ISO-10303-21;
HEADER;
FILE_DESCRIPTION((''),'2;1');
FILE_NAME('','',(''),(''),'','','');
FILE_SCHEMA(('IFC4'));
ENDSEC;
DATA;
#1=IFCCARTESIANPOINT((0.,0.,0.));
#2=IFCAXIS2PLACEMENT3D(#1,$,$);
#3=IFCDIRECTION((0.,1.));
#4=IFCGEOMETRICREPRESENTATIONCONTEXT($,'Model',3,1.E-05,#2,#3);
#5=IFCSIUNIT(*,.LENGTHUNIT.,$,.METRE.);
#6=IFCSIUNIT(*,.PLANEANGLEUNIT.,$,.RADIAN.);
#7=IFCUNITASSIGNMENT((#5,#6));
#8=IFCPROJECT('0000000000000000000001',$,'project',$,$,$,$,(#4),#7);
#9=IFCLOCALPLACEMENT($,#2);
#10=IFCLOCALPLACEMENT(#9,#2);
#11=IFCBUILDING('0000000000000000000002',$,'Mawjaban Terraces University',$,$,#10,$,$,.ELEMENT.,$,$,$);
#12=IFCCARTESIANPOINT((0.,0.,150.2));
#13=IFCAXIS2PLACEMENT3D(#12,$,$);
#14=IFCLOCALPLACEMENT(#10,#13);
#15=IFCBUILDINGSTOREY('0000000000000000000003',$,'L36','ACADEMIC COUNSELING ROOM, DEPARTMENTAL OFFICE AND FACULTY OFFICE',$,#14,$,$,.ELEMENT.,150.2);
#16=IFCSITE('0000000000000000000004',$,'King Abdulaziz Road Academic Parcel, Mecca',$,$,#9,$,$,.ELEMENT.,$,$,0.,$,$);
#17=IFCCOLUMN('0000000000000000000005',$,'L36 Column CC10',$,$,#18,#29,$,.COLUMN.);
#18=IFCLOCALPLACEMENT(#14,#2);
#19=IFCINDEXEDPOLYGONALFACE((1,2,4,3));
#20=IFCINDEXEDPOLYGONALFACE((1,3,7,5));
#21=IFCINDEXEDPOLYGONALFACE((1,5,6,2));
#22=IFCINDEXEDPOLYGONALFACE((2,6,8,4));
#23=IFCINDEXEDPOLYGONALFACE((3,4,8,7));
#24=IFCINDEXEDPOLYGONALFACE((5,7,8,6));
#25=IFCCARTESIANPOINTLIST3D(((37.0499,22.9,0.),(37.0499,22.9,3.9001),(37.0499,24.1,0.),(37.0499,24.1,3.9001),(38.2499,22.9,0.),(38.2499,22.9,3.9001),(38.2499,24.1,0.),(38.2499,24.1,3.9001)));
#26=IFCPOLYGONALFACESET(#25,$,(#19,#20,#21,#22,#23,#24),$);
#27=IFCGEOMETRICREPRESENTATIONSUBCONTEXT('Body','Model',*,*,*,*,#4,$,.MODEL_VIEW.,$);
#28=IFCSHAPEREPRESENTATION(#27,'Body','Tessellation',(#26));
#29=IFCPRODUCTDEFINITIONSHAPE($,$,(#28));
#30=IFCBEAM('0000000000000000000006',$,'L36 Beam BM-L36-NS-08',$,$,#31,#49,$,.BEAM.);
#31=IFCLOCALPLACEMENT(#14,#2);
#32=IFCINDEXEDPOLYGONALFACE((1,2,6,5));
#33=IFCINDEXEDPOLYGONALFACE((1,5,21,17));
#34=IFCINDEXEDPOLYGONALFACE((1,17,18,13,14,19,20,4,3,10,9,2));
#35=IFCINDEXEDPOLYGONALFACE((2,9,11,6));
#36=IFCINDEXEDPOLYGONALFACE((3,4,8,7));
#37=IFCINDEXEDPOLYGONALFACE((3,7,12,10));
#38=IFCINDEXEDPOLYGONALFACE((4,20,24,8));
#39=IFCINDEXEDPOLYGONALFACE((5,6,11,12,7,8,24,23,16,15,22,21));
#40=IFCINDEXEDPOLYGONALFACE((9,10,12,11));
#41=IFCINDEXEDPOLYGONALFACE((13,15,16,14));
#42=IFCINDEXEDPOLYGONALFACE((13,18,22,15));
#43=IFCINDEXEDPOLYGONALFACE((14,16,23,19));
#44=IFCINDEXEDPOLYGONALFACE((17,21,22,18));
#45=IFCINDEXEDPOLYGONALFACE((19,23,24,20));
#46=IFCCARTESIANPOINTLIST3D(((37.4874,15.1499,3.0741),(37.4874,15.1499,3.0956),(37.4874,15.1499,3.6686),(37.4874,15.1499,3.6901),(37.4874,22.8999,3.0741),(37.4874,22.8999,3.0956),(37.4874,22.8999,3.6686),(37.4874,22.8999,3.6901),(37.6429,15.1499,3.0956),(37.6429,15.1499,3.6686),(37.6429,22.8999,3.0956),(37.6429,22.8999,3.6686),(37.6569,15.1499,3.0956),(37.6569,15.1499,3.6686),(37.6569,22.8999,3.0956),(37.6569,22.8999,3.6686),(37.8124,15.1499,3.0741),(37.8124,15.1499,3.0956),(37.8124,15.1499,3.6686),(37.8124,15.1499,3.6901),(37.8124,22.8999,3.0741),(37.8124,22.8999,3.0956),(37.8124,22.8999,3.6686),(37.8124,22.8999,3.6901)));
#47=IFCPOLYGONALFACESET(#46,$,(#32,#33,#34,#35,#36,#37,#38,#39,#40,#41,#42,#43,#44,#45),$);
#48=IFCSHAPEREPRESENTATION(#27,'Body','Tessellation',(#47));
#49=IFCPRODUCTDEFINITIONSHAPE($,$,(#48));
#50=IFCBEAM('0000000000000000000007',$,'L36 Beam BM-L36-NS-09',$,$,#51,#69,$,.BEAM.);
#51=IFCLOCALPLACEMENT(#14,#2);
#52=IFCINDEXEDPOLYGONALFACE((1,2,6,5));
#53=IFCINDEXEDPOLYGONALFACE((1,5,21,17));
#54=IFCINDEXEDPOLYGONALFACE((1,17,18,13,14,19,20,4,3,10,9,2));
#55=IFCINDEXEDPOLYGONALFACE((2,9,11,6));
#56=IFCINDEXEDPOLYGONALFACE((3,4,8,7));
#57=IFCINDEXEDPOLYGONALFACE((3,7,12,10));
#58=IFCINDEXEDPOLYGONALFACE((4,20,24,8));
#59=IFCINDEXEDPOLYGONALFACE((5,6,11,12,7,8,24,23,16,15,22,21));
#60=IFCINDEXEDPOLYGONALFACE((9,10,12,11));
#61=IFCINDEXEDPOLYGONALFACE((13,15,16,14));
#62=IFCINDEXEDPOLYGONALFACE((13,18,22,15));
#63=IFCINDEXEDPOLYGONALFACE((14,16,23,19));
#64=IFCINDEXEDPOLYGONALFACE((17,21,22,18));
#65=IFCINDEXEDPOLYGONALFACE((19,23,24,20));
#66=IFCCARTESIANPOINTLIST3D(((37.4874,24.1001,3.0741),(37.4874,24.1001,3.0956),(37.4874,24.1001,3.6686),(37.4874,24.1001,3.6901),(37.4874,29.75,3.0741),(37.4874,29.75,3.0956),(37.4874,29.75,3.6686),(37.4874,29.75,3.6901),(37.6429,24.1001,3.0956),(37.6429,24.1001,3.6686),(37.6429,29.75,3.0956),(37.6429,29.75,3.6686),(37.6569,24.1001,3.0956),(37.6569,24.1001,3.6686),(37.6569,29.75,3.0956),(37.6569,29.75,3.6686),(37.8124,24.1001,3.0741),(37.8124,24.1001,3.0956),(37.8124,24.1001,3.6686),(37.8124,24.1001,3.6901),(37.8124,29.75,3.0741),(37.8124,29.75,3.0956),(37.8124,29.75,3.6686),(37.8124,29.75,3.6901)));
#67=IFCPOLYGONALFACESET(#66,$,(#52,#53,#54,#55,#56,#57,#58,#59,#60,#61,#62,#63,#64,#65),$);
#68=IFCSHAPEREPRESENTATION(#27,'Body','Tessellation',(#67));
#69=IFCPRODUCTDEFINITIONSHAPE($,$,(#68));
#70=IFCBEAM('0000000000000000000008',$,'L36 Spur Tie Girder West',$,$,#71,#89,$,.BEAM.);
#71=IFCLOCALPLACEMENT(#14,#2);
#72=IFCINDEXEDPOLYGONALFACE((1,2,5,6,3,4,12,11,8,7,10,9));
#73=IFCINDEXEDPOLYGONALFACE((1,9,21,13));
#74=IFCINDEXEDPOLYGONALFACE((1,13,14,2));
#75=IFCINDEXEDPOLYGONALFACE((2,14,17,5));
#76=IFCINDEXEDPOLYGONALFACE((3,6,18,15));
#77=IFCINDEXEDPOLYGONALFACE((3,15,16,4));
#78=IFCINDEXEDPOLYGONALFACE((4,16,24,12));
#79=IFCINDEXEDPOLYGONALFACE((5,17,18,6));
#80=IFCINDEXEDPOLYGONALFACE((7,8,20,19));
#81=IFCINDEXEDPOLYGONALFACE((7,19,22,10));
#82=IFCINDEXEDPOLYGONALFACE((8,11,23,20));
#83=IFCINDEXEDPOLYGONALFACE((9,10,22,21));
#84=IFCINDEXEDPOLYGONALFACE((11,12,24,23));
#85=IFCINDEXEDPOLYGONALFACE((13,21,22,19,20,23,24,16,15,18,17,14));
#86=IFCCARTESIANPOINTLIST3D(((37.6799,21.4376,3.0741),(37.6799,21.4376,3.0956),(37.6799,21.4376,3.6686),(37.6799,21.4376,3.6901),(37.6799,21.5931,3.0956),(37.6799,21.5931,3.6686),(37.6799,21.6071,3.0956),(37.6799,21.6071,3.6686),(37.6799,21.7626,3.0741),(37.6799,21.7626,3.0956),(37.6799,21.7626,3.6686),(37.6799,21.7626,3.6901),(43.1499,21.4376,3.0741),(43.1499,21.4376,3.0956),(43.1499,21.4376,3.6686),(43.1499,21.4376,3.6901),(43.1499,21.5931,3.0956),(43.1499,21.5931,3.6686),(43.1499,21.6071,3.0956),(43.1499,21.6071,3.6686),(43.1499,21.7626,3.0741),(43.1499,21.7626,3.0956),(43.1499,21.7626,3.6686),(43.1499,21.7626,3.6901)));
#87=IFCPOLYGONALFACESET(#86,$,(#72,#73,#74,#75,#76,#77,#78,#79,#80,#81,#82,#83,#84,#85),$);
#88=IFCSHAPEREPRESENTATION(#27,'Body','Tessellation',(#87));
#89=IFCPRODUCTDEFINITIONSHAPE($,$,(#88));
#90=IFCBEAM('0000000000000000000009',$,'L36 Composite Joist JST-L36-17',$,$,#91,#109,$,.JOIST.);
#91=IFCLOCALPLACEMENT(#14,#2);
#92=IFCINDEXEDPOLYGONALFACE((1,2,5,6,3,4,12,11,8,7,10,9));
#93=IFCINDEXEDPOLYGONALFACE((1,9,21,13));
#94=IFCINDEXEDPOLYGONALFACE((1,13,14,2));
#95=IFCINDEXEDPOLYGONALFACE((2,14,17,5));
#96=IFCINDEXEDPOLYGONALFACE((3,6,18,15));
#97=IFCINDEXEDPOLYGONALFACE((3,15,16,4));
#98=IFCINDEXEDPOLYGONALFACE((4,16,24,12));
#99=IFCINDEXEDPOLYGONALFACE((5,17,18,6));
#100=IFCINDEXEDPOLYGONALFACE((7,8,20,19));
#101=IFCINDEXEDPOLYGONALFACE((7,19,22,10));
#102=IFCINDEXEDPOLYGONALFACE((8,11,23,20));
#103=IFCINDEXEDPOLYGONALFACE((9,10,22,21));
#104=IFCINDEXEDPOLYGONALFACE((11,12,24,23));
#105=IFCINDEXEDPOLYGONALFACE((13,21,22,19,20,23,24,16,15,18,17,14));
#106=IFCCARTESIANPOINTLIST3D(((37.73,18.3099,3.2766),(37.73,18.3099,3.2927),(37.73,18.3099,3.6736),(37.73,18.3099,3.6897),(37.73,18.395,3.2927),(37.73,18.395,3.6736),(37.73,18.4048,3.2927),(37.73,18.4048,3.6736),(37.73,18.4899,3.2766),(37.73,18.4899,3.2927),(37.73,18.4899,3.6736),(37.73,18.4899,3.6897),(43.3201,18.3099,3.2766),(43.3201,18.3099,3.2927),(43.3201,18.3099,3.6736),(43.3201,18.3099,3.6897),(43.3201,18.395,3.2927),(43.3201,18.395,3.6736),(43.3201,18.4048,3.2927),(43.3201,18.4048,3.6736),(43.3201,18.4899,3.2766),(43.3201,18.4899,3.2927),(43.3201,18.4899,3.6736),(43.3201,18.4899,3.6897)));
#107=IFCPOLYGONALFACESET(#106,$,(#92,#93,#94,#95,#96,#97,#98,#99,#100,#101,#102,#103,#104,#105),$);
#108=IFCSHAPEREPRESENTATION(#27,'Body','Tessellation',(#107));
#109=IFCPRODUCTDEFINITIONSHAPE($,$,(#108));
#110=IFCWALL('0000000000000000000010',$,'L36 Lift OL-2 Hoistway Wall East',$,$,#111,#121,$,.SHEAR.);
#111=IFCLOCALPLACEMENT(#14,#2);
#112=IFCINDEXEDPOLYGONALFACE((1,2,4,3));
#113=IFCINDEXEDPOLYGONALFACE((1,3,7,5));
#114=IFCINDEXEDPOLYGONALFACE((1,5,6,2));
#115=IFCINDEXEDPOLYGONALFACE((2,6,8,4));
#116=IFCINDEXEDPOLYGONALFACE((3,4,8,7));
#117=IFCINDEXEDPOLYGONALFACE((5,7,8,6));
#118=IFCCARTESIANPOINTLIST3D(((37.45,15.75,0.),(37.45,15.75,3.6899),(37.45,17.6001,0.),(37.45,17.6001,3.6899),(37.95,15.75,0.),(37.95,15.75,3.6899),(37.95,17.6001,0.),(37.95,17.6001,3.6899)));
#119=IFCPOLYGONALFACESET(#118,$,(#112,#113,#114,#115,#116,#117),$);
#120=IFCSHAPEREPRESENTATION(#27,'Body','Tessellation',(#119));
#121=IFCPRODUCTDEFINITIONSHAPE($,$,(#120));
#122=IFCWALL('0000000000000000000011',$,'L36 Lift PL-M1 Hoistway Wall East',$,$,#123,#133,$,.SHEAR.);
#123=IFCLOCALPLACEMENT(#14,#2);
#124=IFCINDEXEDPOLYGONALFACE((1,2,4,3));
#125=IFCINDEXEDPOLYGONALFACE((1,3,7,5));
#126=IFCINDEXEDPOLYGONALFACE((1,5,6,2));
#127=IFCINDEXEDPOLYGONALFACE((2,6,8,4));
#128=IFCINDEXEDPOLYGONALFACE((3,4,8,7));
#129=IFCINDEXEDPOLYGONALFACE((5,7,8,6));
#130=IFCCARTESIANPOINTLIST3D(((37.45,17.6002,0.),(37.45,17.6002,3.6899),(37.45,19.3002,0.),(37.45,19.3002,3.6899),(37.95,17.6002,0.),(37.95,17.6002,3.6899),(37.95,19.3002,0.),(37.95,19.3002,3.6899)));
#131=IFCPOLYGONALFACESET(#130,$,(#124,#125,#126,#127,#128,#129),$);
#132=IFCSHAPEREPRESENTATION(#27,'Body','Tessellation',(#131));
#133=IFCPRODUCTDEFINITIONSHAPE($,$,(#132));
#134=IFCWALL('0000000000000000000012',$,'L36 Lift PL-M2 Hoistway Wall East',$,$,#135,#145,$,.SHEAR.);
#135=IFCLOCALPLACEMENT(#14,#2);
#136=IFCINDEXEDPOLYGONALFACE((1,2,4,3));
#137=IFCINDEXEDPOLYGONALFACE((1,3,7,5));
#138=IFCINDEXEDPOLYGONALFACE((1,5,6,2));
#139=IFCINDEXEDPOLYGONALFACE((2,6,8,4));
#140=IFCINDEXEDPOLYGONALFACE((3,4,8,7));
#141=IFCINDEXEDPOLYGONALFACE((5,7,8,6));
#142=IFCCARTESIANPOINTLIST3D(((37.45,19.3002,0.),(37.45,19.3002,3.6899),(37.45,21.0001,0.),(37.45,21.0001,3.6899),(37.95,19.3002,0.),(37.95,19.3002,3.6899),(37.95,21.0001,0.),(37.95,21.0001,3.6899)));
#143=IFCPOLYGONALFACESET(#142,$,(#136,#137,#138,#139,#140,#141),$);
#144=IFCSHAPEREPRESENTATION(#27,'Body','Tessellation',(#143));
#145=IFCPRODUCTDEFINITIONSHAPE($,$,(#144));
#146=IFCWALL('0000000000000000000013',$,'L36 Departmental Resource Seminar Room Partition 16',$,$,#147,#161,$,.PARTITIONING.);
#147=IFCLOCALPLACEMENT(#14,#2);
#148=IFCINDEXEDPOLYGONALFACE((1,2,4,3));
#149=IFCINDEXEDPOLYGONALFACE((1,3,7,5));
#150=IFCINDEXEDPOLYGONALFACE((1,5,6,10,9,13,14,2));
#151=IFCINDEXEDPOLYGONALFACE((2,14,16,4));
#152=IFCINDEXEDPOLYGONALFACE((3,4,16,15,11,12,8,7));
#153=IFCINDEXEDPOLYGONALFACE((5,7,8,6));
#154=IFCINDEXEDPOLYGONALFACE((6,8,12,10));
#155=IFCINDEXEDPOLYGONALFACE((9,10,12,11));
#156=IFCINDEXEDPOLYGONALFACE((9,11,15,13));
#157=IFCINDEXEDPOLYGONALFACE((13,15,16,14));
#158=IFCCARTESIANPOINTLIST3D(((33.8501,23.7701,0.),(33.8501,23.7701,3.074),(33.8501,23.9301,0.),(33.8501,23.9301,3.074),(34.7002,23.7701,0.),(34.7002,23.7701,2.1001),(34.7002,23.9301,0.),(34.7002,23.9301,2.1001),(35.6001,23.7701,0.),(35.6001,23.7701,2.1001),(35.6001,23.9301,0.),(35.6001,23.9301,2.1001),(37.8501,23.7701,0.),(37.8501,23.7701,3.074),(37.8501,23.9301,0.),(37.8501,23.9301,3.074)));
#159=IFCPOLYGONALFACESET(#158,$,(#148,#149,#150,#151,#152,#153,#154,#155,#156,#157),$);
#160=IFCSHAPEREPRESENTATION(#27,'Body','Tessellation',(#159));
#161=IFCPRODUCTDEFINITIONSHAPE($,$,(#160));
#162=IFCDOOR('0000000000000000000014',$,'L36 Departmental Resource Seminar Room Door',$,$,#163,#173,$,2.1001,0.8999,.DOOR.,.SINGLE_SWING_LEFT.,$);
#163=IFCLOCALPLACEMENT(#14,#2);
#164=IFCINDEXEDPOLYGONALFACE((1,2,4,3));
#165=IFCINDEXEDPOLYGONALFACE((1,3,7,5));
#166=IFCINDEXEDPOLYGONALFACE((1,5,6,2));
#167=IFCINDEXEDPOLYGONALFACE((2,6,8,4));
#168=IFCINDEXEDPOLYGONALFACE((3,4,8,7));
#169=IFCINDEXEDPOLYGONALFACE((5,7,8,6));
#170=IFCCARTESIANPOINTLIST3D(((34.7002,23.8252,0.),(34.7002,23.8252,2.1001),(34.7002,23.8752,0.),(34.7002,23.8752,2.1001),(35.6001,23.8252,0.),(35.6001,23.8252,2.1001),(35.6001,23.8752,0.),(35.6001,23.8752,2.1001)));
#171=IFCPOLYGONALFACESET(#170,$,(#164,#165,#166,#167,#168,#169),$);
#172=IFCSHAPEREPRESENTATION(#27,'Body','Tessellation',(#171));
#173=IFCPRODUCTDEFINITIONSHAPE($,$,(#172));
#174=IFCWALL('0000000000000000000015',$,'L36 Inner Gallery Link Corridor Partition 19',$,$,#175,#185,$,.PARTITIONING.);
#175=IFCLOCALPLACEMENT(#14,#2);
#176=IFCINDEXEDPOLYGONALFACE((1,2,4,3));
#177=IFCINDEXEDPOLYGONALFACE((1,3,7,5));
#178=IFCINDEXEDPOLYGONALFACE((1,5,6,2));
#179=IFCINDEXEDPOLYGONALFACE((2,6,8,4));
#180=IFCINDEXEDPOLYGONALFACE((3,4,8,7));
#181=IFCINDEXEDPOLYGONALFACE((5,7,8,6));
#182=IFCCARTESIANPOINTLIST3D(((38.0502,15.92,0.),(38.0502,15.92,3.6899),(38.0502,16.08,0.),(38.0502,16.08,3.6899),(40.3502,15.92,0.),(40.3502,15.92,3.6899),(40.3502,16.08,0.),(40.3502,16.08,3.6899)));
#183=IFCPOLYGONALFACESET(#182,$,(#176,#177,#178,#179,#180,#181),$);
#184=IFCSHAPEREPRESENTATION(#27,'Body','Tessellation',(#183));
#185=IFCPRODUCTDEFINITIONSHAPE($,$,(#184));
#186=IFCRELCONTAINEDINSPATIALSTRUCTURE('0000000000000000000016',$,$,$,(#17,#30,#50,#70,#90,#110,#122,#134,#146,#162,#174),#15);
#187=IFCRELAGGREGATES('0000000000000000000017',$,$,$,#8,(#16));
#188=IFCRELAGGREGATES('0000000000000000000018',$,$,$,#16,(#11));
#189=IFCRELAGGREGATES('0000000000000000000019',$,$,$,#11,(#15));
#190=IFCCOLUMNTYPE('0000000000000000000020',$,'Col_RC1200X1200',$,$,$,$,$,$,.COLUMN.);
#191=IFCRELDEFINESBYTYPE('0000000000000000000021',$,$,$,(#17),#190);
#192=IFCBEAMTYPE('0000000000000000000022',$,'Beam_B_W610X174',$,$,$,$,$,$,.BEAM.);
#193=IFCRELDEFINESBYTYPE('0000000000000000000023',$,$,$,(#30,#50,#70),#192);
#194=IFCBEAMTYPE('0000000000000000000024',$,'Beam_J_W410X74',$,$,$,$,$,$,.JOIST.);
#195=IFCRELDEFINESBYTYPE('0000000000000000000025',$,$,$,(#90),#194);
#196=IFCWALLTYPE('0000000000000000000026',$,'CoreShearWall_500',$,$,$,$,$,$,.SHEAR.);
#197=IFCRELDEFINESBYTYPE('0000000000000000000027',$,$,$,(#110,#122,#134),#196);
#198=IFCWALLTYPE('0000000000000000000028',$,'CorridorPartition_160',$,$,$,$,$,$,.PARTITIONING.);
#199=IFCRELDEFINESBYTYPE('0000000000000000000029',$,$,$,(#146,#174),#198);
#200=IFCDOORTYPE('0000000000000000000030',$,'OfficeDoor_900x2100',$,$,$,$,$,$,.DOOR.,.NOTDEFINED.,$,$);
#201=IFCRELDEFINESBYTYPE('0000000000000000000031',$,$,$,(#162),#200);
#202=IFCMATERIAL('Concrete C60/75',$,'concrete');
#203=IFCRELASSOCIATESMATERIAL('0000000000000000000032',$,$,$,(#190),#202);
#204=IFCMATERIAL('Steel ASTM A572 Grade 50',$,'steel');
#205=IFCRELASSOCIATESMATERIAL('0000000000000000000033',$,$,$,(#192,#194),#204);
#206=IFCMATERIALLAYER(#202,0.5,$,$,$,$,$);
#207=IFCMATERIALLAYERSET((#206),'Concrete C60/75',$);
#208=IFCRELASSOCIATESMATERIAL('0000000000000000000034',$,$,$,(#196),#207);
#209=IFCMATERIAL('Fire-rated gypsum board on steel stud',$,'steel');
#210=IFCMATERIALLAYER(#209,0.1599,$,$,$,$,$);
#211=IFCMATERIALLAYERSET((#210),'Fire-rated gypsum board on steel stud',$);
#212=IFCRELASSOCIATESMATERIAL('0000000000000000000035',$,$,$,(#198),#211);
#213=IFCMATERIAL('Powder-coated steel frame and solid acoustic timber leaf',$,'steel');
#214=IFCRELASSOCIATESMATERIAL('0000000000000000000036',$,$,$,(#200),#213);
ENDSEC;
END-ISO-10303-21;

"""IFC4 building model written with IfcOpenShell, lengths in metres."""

from ifc_helpers import new_model, si_unit, direction, frame, frame_2d, origin, origin_2d, place, context, subcontext, project, spatial, rectangle, i_section, extrude, material, layer, layer_set, material_profile, profile_set, type_object, element, fill, save


model = new_model("IFC4")

# Units and contexts
model_context = context("Model", 3, precision=1e-05, world=origin(), true_north=direction((0.0, 1.0)))
body_context = subcontext(model_context, "Body", "Model", "MODEL_VIEW")
ifc_project = project(units=[si_unit("LENGTHUNIT", "METRE"), si_unit("PLANEANGLEUNIT", "RADIAN")], contexts=[model_context])

# Site, building, storey
site_placement = place(None, origin())
site = spatial("IfcSite", under=ifc_project, at=site_placement, Name="King Abdulaziz Road Academic Parcel, Mecca", CompositionType="ELEMENT", RefElevation=0.0)
building_placement = place(site_placement, origin())
building = spatial("IfcBuilding", under=site, at=building_placement, Name="Mawjaban Terraces University", CompositionType="ELEMENT")
storey_placement = place(building_placement, frame((0.0, 0.0, 150.2)))
storey = spatial("IfcBuildingStorey", under=building, at=storey_placement, Name="L36", Description="ACADEMIC COUNSELING ROOM, DEPARTMENTAL OFFICE AND FACULTY OFFICE", CompositionType="ELEMENT", Elevation=150.2)

# Column
ifc_material_1 = material(Name="Concrete C60/75", Category="concrete")
ifc_material_profile_1 = material_profile(ifc_material_1, rectangle(XDim=1.2, YDim=1.2, at=origin_2d()), Name="RC1200X1200")
ifc_profile_set_1 = profile_set([ifc_material_profile_1], Name="Concrete C60/75")
column_type = type_object("IfcColumnType", Name="Col_RC1200X1200", PredefinedType="COLUMN", material=ifc_profile_set_1)
column_placement = place(storey_placement, frame((37.6499, 23.5, 0.0), z_axis=(0.0, 0.0, 1.0), x_axis=(1.0, 0.0, 0.0)))
element("IfcColumn", 1, at=column_placement, inside=storey, type_object=column_type, Name="L36 Column CC10", PredefinedType="COLUMN", context=body_context, shape_type="SweptSolid", body=[
    extrude(rectangle(XDim=1.2, YDim=1.2, at=origin_2d()), origin(), (0.0, 0.0, 1.0), 3.9001),
])

# Beams
ifc_material_2 = material(Name="Steel ASTM A572 Grade 50", Category="steel")
ifc_material_profile_2 = material_profile(ifc_material_2, i_section(OverallWidth=0.325, OverallDepth=0.616, WebThickness=0.0139, FlangeThickness=0.0215, at=origin_2d()), Name="W610X174")
ifc_profile_set_2 = profile_set([ifc_material_profile_2], Name="Steel ASTM A572 Grade 50")
beam_type_1 = type_object("IfcBeamType", Name="Beam_B_W610X174", PredefinedType="BEAM", material=ifc_profile_set_2)
beam_1_placement = place(storey_placement, frame((37.6499, 15.1499, 3.3821), z_axis=(0.0, 1.0, 0.0), x_axis=(-1.0, 0.0, 0.0)))
element("IfcBeam", 2, at=beam_1_placement, inside=storey, type_object=beam_type_1, Name="L36 Beam BM-L36-NS-08", PredefinedType="BEAM", context=body_context, shape_type="SweptSolid", body=[
    extrude(i_section(OverallWidth=0.325, OverallDepth=0.616, WebThickness=0.0139, FlangeThickness=0.0215, at=origin_2d()), origin(), (0.0, 0.0, 1.0), 7.75),
])
beam_2_placement = place(storey_placement, frame((37.6499, 24.1001, 3.3821), z_axis=(0.0, 1.0, 0.0), x_axis=(-1.0, 0.0, 0.0)))
element("IfcBeam", 3, at=beam_2_placement, inside=storey, type_object=beam_type_1, Name="L36 Beam BM-L36-NS-09", PredefinedType="BEAM", context=body_context, shape_type="SweptSolid", body=[
    extrude(i_section(OverallWidth=0.325, OverallDepth=0.616, WebThickness=0.0139, FlangeThickness=0.0215, at=origin_2d()), origin(), (0.0, 0.0, 1.0), 5.6499),
])
beam_3_placement = place(storey_placement, frame((37.6799, 21.6001, 3.3821), z_axis=(1.0, 0.0, 0.0), x_axis=(0.0, 1.0, 0.0)))
element("IfcBeam", 4, at=beam_3_placement, inside=storey, type_object=beam_type_1, Name="L36 Spur Tie Girder West", PredefinedType="BEAM", context=body_context, shape_type="SweptSolid", body=[
    extrude(i_section(OverallWidth=0.325, OverallDepth=0.616, WebThickness=0.0139, FlangeThickness=0.0215, at=origin_2d()), origin(), (0.0, 0.0, 1.0), 5.47),
])
ifc_material_profile_3 = material_profile(ifc_material_2, i_section(OverallWidth=0.1799, OverallDepth=0.4131, WebThickness=0.0098, FlangeThickness=0.0161, at=origin_2d()), Name="W410X74")
ifc_profile_set_3 = profile_set([ifc_material_profile_3], Name="Steel ASTM A572 Grade 50")
beam_type_2 = type_object("IfcBeamType", Name="Beam_J_W410X74", PredefinedType="JOIST", material=ifc_profile_set_3)
beam_4_placement = place(storey_placement, frame((37.73, 18.3999, 3.4832), z_axis=(1.0, 0.0, 0.0), x_axis=(0.0, 1.0, 0.0)))
element("IfcBeam", 5, at=beam_4_placement, inside=storey, type_object=beam_type_2, Name="L36 Composite Joist JST-L36-17", PredefinedType="JOIST", context=body_context, shape_type="SweptSolid", body=[
    extrude(i_section(OverallWidth=0.1799, OverallDepth=0.4131, WebThickness=0.0098, FlangeThickness=0.0161, at=origin_2d()), origin(), (0.0, 0.0, 1.0), 5.5901),
])

# Walls
ifc_layer_1 = layer(ifc_material_1, 0.5)
ifc_layer_set_1 = layer_set([ifc_layer_1], Name="Concrete C60/75")
wall_type_1 = type_object("IfcWallType", Name="CoreShearWall_500", PredefinedType="SHEAR", material=ifc_layer_set_1)
wall_1_placement = place(storey_placement, frame((37.7, 15.75, 0.0), z_axis=(0.0, 0.0, 1.0), x_axis=(0.0, 1.0, 0.0)))
element("IfcWall", 6, at=wall_1_placement, inside=storey, type_object=wall_type_1, Name="L36 Lift OL-2 Hoistway Wall East", PredefinedType="SHEAR", context=body_context, shape_type="SweptSolid", body=[
    extrude(rectangle(XDim=1.8501, YDim=0.5, at=frame_2d((0.925, 0.0))), origin(), (0.0, 0.0, 1.0), 3.6899),
])
for number, where, z_axis, x_axis, name in (
    (7, (37.7, 17.6001, 0.0), (0.0, 0.0, 1.0), (0.0, 1.0, 0.0), "L36 Lift PL-M1 Hoistway Wall East"),
    (8, (37.7, 19.3, 0.0), (0.0, 0.0, 1.0), (0.0, 1.0, 0.0), "L36 Lift PL-M2 Hoistway Wall East"),
):
    element("IfcWall", number, at=place(storey_placement, frame(where, z_axis=z_axis, x_axis=x_axis)), inside=storey, type_object=wall_type_1, Name=name, PredefinedType="SHEAR", context=body_context, shape_type="SweptSolid", body=[
        extrude(rectangle(XDim=1.7, YDim=0.5, at=frame_2d((0.8501, 0.0))), origin(), (0.0, 0.0, 1.0), 3.6899),
    ])

# Wall, opening, door
ifc_material_3 = material(Name="Fire-rated gypsum board on steel stud", Category="steel")
ifc_layer_2 = layer(ifc_material_3, 0.1599)
ifc_layer_set_2 = layer_set([ifc_layer_2], Name="Fire-rated gypsum board on steel stud")
wall_type_2 = type_object("IfcWallType", Name="CorridorPartition_160", PredefinedType="PARTITIONING", material=ifc_layer_set_2)
wall_2_placement = place(storey_placement, frame((37.8501, 23.8501, 0.0), z_axis=(0.0, 0.0, 1.0), x_axis=(-1.0, 0.0, 0.0)))
wall_2 = element("IfcWall", 9, at=wall_2_placement, inside=storey, type_object=wall_type_2, Name="L36 Departmental Resource Seminar Room Partition 16", PredefinedType="PARTITIONING", context=body_context, shape_type="SweptSolid", body=[
    extrude(rectangle(XDim=4.0, YDim=0.1599, at=frame_2d((2.0, 0.0))), origin(), (0.0, 0.0, 1.0), 3.074),
])
opening_1_placement = place(wall_2_placement, frame((2.25, 0.0, 0.0)))
opening_1 = element("IfcOpeningElement", 10, at=opening_1_placement, cuts=wall_2, PredefinedType="OPENING", context=body_context, shape_type="SweptSolid", body=[
    extrude(rectangle(XDim=0.8999, YDim=2.1001, at=frame_2d((0.45, 1.05))), frame((0.0, 0.0898, 0.0), z_axis=(0.0, -1.0, 0.0), x_axis=(1.0, 0.0, 0.0)), (0.0, 0.0, 1.0), 0.1799),
])
ifc_material_4 = material(Name="Powder-coated steel frame and solid acoustic timber leaf", Category="steel")
door_type_1 = type_object("IfcDoorType", Name="OfficeDoor_900x2100", OperationType="NOTDEFINED", PredefinedType="DOOR", material=ifc_material_4)
door_1_placement = place(opening_1_placement, origin())
door_1 = element("IfcDoor", 11, at=door_1_placement, inside=storey, type_object=door_type_1, Name="L36 Departmental Resource Seminar Room Door", OperationType="SINGLE_SWING_LEFT", OverallHeight=2.1001, OverallWidth=0.8999, PredefinedType="DOOR", context=body_context, shape_type="SweptSolid", body=[
    extrude(rectangle(XDim=0.8999, YDim=2.1001, at=frame_2d((0.45, 1.05))), frame((0.0, 0.0249, 0.0), z_axis=(0.0, -1.0, 0.0), x_axis=(1.0, 0.0, 0.0)), (0.0, 0.0, 1.0), 0.05),
])
fill(opening_1, door_1)

# Wall
wall_3_placement = place(storey_placement, frame((40.3501, 16.0, 0.0), z_axis=(0.0, 0.0, 1.0), x_axis=(-1.0, 0.0, 0.0)))
element("IfcWall", 12, at=wall_3_placement, inside=storey, type_object=wall_type_2, Name="L36 Inner Gallery Link Corridor Partition 19", PredefinedType="PARTITIONING", context=body_context, shape_type="SweptSolid", body=[
    extrude(rectangle(XDim=2.3, YDim=0.1599, at=frame_2d((1.1499, 0.0))), origin(), (0.0, 0.0, 1.0), 3.6899),
])

save(model, "model.ifc")
